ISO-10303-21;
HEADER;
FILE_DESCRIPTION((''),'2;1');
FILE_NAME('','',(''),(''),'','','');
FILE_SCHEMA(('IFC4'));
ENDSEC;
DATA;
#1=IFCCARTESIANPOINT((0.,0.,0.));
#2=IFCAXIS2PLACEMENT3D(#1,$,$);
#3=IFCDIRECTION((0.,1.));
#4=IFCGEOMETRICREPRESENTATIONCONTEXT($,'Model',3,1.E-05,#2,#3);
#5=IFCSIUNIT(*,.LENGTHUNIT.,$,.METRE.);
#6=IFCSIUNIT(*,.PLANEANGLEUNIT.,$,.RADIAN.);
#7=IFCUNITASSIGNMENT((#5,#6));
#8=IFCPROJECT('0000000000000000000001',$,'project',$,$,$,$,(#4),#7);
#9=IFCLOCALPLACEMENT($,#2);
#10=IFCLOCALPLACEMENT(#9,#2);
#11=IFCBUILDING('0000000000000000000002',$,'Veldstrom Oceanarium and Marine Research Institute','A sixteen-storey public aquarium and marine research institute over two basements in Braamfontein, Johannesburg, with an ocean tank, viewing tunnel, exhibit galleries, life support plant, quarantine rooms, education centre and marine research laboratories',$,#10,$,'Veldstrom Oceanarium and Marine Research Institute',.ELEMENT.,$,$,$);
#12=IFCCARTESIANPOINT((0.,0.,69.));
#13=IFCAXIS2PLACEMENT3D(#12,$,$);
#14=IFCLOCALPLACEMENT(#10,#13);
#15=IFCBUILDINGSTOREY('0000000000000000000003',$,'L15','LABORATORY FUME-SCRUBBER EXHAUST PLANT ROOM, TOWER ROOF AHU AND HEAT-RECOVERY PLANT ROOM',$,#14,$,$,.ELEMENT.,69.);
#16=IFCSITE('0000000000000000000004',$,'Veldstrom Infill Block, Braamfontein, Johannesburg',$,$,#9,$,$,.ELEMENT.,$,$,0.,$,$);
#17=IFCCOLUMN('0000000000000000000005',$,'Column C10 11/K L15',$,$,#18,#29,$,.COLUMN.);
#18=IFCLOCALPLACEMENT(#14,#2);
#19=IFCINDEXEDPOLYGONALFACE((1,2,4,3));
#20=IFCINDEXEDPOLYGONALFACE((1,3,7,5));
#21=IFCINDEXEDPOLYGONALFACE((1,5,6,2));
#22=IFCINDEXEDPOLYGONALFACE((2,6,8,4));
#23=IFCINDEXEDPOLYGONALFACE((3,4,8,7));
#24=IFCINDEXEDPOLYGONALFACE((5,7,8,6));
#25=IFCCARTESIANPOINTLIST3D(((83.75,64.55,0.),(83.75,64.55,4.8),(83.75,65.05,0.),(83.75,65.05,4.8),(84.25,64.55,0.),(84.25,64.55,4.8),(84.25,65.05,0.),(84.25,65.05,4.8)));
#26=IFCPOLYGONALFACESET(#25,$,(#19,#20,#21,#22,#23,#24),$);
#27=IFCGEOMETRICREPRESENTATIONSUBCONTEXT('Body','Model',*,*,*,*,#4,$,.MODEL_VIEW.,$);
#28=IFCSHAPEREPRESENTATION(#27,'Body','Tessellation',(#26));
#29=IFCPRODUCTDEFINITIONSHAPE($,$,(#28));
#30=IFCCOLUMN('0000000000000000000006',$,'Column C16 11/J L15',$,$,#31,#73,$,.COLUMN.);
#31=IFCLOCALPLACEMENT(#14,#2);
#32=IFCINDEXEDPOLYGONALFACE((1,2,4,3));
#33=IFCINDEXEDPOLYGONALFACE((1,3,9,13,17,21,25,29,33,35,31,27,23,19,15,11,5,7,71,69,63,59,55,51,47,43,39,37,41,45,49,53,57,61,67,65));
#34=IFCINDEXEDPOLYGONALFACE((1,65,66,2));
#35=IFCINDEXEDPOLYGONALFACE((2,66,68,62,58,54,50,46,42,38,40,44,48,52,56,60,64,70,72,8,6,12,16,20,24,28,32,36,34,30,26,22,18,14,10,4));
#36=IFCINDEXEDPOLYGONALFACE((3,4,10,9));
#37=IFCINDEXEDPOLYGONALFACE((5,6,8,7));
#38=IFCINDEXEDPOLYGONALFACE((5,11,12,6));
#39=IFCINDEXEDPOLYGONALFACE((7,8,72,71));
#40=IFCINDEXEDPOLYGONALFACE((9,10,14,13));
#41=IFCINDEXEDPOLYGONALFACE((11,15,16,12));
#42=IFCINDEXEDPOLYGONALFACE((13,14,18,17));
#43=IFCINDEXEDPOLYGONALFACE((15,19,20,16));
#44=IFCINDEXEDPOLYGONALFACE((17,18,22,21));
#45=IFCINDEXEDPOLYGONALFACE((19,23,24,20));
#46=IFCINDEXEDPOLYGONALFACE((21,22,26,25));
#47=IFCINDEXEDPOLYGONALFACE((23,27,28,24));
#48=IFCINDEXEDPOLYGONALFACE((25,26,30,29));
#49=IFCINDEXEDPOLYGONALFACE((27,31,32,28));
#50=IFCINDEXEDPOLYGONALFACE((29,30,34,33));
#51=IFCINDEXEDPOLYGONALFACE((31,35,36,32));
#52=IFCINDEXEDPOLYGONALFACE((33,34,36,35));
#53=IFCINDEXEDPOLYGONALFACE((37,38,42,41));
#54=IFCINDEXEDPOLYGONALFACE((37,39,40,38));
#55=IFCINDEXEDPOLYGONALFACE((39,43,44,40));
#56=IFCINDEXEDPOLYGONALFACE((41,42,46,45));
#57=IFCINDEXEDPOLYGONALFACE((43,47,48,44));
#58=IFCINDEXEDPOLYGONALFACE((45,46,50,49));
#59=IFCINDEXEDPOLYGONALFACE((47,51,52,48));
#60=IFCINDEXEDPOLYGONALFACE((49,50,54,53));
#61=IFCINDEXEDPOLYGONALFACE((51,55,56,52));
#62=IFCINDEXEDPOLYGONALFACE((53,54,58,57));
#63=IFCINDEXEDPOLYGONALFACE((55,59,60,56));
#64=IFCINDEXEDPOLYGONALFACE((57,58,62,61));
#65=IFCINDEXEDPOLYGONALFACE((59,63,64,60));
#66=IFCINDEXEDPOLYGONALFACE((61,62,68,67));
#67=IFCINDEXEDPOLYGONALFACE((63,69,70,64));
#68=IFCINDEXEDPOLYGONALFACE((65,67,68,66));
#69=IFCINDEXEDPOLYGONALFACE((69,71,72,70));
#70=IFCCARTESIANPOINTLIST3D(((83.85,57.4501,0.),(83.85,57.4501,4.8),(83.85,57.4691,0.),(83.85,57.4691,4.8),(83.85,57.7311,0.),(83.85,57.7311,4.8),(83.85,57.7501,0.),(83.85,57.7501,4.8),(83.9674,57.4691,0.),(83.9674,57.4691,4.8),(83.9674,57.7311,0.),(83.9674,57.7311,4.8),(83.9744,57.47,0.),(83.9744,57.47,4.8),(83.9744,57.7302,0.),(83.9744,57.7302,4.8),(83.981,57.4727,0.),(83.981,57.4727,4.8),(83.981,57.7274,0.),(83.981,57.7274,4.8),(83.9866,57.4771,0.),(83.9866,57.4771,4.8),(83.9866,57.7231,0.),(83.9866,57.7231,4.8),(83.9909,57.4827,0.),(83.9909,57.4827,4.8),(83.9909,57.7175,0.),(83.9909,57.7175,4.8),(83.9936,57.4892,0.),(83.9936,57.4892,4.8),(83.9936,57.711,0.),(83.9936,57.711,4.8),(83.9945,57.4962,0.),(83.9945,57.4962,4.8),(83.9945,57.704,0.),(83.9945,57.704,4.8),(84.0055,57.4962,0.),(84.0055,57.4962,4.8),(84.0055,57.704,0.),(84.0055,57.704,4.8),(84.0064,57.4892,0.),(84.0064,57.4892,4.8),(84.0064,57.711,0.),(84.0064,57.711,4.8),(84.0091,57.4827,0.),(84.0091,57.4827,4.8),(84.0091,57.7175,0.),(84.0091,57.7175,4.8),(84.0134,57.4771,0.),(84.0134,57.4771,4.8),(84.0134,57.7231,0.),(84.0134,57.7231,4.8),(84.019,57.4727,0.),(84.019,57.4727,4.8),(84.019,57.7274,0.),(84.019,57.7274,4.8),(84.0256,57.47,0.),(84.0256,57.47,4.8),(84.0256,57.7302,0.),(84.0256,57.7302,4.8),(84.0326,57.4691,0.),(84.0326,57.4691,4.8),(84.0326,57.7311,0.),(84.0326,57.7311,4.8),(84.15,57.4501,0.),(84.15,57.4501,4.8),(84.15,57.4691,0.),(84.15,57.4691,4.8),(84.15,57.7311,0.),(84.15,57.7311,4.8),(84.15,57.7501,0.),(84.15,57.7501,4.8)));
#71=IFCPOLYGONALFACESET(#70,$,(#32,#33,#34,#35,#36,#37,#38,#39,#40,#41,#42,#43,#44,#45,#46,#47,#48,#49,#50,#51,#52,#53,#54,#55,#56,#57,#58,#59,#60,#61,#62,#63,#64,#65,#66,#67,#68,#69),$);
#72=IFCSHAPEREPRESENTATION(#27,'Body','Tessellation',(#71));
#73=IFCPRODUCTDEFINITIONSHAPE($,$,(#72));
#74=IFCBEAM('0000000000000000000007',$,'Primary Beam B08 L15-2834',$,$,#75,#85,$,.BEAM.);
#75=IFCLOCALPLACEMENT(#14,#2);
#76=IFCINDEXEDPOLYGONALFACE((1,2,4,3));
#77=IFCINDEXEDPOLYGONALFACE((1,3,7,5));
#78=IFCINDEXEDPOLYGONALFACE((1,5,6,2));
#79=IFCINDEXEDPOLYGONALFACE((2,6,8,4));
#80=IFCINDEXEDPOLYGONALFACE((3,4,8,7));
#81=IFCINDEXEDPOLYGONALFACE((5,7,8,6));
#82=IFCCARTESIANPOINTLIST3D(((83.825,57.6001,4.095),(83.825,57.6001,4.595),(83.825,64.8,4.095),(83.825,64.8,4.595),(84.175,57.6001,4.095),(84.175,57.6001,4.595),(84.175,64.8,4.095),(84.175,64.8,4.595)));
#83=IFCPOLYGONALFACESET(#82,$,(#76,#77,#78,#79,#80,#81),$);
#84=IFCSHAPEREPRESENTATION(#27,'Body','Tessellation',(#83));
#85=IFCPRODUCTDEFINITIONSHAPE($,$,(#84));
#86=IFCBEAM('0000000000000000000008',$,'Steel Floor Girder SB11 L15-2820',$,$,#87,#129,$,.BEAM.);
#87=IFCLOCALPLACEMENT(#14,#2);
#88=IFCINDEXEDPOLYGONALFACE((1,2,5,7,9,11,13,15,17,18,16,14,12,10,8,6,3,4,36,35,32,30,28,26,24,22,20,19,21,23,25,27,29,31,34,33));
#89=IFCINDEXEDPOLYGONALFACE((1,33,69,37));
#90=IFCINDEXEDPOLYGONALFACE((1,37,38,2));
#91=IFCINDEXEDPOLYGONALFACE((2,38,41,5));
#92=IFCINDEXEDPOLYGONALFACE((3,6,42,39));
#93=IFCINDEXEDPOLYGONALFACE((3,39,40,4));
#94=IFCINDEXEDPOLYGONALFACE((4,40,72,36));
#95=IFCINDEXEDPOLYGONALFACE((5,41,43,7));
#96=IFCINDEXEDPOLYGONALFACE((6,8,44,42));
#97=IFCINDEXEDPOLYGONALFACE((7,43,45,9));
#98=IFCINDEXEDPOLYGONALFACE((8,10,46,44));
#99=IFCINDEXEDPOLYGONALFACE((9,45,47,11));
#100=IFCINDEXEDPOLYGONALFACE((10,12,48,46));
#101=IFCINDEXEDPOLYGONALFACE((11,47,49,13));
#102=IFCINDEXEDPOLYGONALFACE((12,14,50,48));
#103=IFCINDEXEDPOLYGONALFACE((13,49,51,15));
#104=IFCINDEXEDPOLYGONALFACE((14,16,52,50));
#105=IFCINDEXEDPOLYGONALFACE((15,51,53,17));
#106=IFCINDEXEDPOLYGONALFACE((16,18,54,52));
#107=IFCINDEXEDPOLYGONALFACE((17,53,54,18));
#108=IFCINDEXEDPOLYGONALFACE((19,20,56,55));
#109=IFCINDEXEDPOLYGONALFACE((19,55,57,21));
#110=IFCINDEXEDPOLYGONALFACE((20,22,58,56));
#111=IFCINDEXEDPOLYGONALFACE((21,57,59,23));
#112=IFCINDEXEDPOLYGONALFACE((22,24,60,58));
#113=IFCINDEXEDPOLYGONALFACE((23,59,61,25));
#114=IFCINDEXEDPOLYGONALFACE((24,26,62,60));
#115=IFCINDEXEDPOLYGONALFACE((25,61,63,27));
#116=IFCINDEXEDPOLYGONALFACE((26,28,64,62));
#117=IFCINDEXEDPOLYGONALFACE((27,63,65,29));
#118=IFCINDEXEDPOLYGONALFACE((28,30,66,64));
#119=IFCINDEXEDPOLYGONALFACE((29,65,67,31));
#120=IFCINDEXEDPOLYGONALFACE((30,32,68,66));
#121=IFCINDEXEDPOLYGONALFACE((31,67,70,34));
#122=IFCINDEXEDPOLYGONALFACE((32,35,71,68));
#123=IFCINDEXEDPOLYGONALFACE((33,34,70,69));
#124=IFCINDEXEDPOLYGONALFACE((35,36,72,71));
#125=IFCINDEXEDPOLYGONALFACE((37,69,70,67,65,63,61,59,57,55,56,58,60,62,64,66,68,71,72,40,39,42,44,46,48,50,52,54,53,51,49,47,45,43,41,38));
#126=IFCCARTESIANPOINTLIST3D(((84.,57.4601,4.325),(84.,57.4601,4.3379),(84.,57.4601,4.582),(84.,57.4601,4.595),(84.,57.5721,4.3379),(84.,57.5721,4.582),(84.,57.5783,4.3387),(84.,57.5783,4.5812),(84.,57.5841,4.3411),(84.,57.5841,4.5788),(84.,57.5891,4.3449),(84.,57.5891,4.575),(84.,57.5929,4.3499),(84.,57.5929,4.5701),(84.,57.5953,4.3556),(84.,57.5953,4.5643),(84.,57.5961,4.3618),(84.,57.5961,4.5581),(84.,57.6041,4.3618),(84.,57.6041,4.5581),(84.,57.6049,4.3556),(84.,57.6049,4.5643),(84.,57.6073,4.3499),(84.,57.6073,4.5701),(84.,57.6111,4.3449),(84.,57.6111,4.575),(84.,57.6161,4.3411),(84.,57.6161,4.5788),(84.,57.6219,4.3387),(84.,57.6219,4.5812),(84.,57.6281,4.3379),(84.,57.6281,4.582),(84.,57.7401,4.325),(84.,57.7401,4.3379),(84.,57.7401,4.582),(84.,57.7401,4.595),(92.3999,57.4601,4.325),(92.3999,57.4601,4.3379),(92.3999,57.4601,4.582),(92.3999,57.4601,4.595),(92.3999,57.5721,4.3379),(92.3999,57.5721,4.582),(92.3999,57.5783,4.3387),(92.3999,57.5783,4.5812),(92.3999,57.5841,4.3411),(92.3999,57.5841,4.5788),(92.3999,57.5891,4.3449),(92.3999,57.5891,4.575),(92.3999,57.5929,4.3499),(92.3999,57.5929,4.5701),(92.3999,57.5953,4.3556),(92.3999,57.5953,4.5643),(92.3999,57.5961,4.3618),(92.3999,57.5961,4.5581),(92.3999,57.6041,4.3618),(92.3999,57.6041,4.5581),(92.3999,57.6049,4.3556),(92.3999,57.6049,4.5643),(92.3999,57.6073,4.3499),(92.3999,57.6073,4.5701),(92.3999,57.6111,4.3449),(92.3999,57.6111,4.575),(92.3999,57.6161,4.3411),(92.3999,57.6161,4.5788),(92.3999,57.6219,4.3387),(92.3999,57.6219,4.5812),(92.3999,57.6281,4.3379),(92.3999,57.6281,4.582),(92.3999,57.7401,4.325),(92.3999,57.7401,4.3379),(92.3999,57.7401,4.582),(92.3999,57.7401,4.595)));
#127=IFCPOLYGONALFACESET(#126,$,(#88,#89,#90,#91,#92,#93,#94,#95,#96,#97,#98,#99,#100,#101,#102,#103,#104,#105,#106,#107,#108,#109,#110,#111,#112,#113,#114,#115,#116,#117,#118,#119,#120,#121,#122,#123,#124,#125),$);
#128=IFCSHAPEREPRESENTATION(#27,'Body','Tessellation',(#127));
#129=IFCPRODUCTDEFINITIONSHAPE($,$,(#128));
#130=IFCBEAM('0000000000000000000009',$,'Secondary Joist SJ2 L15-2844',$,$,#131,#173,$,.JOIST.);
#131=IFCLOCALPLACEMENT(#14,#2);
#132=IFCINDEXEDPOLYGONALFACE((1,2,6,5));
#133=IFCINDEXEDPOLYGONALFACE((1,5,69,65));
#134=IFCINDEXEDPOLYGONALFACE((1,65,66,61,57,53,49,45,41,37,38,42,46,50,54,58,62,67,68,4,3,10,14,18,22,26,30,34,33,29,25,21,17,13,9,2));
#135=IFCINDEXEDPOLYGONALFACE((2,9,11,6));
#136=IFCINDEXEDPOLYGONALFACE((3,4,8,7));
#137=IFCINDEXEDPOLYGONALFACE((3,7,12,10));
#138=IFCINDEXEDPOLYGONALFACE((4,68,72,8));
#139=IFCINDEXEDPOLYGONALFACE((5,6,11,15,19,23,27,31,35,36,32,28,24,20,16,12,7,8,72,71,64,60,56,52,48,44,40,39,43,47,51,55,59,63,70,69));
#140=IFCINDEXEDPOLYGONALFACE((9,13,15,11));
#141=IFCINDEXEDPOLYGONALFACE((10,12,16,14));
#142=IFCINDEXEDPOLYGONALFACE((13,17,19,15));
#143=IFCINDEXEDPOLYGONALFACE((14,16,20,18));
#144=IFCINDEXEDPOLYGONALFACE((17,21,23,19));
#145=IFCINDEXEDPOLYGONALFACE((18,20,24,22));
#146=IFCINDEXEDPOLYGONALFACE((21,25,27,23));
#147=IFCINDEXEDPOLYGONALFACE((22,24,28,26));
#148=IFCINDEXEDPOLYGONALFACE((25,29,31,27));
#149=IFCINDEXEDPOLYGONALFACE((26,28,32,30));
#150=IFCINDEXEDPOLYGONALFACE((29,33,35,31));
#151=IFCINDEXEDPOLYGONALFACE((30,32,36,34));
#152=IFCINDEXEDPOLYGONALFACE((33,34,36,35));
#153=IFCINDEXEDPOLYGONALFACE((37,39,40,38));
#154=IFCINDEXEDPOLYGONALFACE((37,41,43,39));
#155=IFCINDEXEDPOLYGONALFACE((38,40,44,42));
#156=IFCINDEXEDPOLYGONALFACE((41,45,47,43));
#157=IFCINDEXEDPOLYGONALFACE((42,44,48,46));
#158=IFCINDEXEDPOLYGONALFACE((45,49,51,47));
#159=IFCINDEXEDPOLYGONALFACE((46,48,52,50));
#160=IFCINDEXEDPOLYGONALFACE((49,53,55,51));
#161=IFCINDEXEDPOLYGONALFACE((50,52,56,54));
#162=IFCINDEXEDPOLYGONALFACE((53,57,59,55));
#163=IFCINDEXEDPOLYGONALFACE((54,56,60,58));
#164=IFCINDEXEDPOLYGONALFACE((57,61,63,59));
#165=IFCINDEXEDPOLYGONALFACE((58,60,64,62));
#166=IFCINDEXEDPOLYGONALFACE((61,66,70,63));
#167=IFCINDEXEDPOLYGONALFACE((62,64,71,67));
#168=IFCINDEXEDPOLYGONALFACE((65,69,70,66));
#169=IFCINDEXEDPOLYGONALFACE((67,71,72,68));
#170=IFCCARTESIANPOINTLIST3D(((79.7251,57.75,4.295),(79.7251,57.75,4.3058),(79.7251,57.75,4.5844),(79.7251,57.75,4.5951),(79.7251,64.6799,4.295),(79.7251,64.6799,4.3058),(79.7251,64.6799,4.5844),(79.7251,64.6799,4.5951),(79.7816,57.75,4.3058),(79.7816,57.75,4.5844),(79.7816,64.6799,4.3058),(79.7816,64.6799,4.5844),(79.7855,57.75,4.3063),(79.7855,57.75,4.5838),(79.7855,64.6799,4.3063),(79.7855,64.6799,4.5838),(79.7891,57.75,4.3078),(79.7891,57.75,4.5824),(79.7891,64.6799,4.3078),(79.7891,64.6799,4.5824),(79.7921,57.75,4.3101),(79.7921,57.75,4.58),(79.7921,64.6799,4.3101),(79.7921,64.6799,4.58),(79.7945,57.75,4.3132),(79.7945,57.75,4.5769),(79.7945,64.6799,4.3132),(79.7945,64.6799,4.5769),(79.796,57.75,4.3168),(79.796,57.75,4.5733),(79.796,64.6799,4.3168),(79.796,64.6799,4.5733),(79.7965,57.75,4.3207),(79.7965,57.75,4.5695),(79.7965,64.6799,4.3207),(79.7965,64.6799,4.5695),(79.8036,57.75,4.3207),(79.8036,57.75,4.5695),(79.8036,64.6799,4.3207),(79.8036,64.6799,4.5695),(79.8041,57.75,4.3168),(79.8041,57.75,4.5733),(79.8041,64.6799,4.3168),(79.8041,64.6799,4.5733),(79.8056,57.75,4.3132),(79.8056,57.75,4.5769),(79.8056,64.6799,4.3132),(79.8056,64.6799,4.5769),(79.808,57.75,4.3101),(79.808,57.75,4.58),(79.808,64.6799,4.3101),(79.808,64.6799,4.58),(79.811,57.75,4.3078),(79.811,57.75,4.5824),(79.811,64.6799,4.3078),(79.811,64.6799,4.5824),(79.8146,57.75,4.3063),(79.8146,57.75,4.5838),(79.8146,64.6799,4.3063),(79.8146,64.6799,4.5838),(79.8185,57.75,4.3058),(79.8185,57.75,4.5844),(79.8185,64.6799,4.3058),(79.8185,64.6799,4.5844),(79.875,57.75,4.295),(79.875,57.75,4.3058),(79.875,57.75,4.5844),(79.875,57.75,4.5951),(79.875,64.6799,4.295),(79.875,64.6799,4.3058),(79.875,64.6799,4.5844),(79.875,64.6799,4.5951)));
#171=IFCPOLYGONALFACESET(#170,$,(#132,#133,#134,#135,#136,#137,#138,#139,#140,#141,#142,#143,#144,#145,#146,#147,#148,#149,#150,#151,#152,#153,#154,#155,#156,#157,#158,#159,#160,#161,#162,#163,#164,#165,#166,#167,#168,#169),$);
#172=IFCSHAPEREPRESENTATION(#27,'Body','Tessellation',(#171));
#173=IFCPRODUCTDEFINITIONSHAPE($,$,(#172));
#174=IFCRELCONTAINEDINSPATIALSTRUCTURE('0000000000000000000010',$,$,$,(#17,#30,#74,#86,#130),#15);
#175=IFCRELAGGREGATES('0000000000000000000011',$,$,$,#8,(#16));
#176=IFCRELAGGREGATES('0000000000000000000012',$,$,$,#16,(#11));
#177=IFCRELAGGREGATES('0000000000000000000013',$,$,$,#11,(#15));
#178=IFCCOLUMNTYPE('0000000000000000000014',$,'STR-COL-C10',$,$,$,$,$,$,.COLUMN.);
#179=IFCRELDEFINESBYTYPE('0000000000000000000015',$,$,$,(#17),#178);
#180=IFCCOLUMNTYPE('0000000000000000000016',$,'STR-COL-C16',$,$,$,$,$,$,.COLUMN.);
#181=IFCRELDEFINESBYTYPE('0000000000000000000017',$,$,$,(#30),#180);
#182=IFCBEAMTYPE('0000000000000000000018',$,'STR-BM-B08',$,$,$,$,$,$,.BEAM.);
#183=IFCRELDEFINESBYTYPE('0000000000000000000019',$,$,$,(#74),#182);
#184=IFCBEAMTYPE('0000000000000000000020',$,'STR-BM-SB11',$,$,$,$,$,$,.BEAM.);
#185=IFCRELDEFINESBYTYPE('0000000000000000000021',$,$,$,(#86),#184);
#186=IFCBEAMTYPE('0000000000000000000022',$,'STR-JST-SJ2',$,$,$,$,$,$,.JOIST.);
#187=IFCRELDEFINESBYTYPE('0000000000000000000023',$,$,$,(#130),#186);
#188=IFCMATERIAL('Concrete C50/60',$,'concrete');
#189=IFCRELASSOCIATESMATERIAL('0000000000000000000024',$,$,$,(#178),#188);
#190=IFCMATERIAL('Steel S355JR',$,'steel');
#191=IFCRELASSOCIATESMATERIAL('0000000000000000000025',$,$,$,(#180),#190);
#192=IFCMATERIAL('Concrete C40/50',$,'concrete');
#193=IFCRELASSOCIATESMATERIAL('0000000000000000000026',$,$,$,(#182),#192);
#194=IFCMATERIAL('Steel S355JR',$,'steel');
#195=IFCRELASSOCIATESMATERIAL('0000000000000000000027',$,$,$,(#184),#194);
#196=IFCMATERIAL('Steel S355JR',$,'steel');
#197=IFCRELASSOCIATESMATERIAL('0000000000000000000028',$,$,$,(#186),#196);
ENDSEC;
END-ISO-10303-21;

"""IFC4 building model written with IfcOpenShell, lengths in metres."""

from ifc_helpers import new_model, si_unit, direction, frame, origin, origin_2d, place, context, subcontext, project, spatial, rectangle, i_section, extrude, material, material_profile, profile_set, type_object, element, save


model = new_model("IFC4")

# Units and contexts
model_context = context("Model", 3, precision=1e-05, world=origin(), true_north=direction((0.0, 1.0)))
body_context = subcontext(model_context, "Body", "Model", "MODEL_VIEW")
ifc_project = project(units=[si_unit("LENGTHUNIT", "METRE"), si_unit("PLANEANGLEUNIT", "RADIAN")], contexts=[model_context])

# Site, building, storey
site_placement = place(None, origin())
site = spatial("IfcSite", under=ifc_project, at=site_placement, Name="Veldstrom Infill Block, Braamfontein, Johannesburg", CompositionType="ELEMENT", RefElevation=0.0)
building_placement = place(site_placement, origin())
building = spatial("IfcBuilding", under=site, at=building_placement, Name="Veldstrom Oceanarium and Marine Research Institute", Description="A sixteen-storey public aquarium and marine research institute over two basements in Braamfontein, Johannesburg, with an ocean tank, viewing tunnel, exhibit galleries, life support plant, quarantine rooms, education centre and marine research laboratories", LongName="Veldstrom Oceanarium and Marine Research Institute", CompositionType="ELEMENT")
storey_placement = place(building_placement, frame((0.0, 0.0, 69.0)))
storey = spatial("IfcBuildingStorey", under=building, at=storey_placement, Name="L15", Description="LABORATORY FUME-SCRUBBER EXHAUST PLANT ROOM, TOWER ROOF AHU AND HEAT-RECOVERY PLANT ROOM", CompositionType="ELEMENT", Elevation=69.0)

# Columns
ifc_material_1 = material(Name="Concrete C50/60", Category="concrete")
ifc_material_profile_1 = material_profile(ifc_material_1, rectangle(XDim=0.5, YDim=0.5, at=origin_2d()), Name="RC-COL-500x500")
ifc_profile_set_1 = profile_set([ifc_material_profile_1], Name="Concrete C50/60")
column_type_1 = type_object("IfcColumnType", Name="STR-COL-C10", PredefinedType="COLUMN", material=ifc_profile_set_1)
column_1_placement = place(storey_placement, frame((84.0, 64.8, 0.0), z_axis=(0.0, 0.0, 1.0), x_axis=(1.0, 0.0, 0.0)))
element("IfcColumn", 1, at=column_1_placement, inside=storey, type_object=column_type_1, Name="Column C10 11/K L15", PredefinedType="COLUMN", context=body_context, shape_type="SweptSolid", body=[
    extrude(rectangle(XDim=0.5, YDim=0.5, at=origin_2d()), origin(), (0.0, 0.0, 1.0), 4.8),
])
ifc_material_2 = material(Name="Steel S355JR", Category="steel")
ifc_material_profile_2 = material_profile(ifc_material_2, i_section(OverallWidth=0.3, OverallDepth=0.3, WebThickness=0.011, FlangeThickness=0.019, FilletRadius=0.0271, at=origin_2d()), Name="HEB 300")
ifc_profile_set_2 = profile_set([ifc_material_profile_2], Name="Steel S355JR")
column_type_2 = type_object("IfcColumnType", Name="STR-COL-C16", PredefinedType="COLUMN", material=ifc_profile_set_2)
column_2_placement = place(storey_placement, frame((84.0, 57.6001, 0.0), z_axis=(0.0, 0.0, 1.0), x_axis=(1.0, 0.0, 0.0)))
element("IfcColumn", 2, at=column_2_placement, inside=storey, type_object=column_type_2, Name="Column C16 11/J L15", PredefinedType="COLUMN", context=body_context, shape_type="SweptSolid", body=[
    extrude(i_section(OverallWidth=0.3, OverallDepth=0.3, WebThickness=0.011, FlangeThickness=0.019, FilletRadius=0.0271, at=origin_2d()), origin(), (0.0, 0.0, 1.0), 4.8),
])

# Beams
ifc_material_3 = material(Name="Concrete C40/50", Category="concrete")
ifc_material_profile_3 = material_profile(ifc_material_3, rectangle(XDim=0.3501, YDim=0.5, at=origin_2d()), Name="RC-BM-350x500")
ifc_profile_set_3 = profile_set([ifc_material_profile_3], Name="Concrete C40/50")
beam_type_1 = type_object("IfcBeamType", Name="STR-BM-B08", PredefinedType="BEAM", material=ifc_profile_set_3)
beam_1_placement = place(storey_placement, frame((84.0, 57.6001, 4.345), z_axis=(0.0, 1.0, 0.0), x_axis=(-1.0, 0.0, 0.0)))
element("IfcBeam", 3, at=beam_1_placement, inside=storey, type_object=beam_type_1, Name="Primary Beam B08 L15-2834", PredefinedType="BEAM", context=body_context, shape_type="SweptSolid", body=[
    extrude(rectangle(XDim=0.3501, YDim=0.5, at=origin_2d()), origin(), (0.0, 0.0, 1.0), 7.2),
])
ifc_material_4 = material(Name="Steel S355JR", Category="steel")
ifc_material_profile_4 = material_profile(ifc_material_4, i_section(OverallWidth=0.28, OverallDepth=0.27, WebThickness=0.0081, FlangeThickness=0.0129, FilletRadius=0.0239, at=origin_2d()), Name="HEA 280")
ifc_profile_set_4 = profile_set([ifc_material_profile_4], Name="Steel S355JR")
beam_type_2 = type_object("IfcBeamType", Name="STR-BM-SB11", PredefinedType="BEAM", material=ifc_profile_set_4)
beam_2_placement = place(storey_placement, frame((84.0, 57.6001, 4.46), z_axis=(1.0, 0.0, 0.0), x_axis=(0.0, 1.0, 0.0)))
element("IfcBeam", 4, at=beam_2_placement, inside=storey, type_object=beam_type_2, Name="Steel Floor Girder SB11 L15-2820", PredefinedType="BEAM", context=body_context, shape_type="SweptSolid", body=[
    extrude(i_section(OverallWidth=0.28, OverallDepth=0.27, WebThickness=0.0081, FlangeThickness=0.0129, FilletRadius=0.0239, at=origin_2d()), origin(), (0.0, 0.0, 1.0), 8.3999),
])
ifc_material_5 = material(Name="Steel S355JR", Category="steel")
ifc_material_profile_5 = material_profile(ifc_material_5, i_section(OverallWidth=0.1499, OverallDepth=0.3, WebThickness=0.0071, FlangeThickness=0.0107, FilletRadius=0.0149, at=origin_2d()), Name="IPE 300")
ifc_profile_set_5 = profile_set([ifc_material_profile_5], Name="Steel S355JR")
beam_type_3 = type_object("IfcBeamType", Name="STR-JST-SJ2", PredefinedType="JOIST", material=ifc_profile_set_5)
beam_3_placement = place(storey_placement, frame((79.8, 57.75, 4.4451), z_axis=(0.0, 1.0, 0.0), x_axis=(-1.0, 0.0, 0.0)))
element("IfcBeam", 5, at=beam_3_placement, inside=storey, type_object=beam_type_3, Name="Secondary Joist SJ2 L15-2844", PredefinedType="JOIST", context=body_context, shape_type="SweptSolid", body=[
    extrude(i_section(OverallWidth=0.1499, OverallDepth=0.3, WebThickness=0.0071, FlangeThickness=0.0107, FilletRadius=0.0149, at=origin_2d()), origin(), (0.0, 0.0, 1.0), 6.9299),
])

save(model, "model.ifc")
